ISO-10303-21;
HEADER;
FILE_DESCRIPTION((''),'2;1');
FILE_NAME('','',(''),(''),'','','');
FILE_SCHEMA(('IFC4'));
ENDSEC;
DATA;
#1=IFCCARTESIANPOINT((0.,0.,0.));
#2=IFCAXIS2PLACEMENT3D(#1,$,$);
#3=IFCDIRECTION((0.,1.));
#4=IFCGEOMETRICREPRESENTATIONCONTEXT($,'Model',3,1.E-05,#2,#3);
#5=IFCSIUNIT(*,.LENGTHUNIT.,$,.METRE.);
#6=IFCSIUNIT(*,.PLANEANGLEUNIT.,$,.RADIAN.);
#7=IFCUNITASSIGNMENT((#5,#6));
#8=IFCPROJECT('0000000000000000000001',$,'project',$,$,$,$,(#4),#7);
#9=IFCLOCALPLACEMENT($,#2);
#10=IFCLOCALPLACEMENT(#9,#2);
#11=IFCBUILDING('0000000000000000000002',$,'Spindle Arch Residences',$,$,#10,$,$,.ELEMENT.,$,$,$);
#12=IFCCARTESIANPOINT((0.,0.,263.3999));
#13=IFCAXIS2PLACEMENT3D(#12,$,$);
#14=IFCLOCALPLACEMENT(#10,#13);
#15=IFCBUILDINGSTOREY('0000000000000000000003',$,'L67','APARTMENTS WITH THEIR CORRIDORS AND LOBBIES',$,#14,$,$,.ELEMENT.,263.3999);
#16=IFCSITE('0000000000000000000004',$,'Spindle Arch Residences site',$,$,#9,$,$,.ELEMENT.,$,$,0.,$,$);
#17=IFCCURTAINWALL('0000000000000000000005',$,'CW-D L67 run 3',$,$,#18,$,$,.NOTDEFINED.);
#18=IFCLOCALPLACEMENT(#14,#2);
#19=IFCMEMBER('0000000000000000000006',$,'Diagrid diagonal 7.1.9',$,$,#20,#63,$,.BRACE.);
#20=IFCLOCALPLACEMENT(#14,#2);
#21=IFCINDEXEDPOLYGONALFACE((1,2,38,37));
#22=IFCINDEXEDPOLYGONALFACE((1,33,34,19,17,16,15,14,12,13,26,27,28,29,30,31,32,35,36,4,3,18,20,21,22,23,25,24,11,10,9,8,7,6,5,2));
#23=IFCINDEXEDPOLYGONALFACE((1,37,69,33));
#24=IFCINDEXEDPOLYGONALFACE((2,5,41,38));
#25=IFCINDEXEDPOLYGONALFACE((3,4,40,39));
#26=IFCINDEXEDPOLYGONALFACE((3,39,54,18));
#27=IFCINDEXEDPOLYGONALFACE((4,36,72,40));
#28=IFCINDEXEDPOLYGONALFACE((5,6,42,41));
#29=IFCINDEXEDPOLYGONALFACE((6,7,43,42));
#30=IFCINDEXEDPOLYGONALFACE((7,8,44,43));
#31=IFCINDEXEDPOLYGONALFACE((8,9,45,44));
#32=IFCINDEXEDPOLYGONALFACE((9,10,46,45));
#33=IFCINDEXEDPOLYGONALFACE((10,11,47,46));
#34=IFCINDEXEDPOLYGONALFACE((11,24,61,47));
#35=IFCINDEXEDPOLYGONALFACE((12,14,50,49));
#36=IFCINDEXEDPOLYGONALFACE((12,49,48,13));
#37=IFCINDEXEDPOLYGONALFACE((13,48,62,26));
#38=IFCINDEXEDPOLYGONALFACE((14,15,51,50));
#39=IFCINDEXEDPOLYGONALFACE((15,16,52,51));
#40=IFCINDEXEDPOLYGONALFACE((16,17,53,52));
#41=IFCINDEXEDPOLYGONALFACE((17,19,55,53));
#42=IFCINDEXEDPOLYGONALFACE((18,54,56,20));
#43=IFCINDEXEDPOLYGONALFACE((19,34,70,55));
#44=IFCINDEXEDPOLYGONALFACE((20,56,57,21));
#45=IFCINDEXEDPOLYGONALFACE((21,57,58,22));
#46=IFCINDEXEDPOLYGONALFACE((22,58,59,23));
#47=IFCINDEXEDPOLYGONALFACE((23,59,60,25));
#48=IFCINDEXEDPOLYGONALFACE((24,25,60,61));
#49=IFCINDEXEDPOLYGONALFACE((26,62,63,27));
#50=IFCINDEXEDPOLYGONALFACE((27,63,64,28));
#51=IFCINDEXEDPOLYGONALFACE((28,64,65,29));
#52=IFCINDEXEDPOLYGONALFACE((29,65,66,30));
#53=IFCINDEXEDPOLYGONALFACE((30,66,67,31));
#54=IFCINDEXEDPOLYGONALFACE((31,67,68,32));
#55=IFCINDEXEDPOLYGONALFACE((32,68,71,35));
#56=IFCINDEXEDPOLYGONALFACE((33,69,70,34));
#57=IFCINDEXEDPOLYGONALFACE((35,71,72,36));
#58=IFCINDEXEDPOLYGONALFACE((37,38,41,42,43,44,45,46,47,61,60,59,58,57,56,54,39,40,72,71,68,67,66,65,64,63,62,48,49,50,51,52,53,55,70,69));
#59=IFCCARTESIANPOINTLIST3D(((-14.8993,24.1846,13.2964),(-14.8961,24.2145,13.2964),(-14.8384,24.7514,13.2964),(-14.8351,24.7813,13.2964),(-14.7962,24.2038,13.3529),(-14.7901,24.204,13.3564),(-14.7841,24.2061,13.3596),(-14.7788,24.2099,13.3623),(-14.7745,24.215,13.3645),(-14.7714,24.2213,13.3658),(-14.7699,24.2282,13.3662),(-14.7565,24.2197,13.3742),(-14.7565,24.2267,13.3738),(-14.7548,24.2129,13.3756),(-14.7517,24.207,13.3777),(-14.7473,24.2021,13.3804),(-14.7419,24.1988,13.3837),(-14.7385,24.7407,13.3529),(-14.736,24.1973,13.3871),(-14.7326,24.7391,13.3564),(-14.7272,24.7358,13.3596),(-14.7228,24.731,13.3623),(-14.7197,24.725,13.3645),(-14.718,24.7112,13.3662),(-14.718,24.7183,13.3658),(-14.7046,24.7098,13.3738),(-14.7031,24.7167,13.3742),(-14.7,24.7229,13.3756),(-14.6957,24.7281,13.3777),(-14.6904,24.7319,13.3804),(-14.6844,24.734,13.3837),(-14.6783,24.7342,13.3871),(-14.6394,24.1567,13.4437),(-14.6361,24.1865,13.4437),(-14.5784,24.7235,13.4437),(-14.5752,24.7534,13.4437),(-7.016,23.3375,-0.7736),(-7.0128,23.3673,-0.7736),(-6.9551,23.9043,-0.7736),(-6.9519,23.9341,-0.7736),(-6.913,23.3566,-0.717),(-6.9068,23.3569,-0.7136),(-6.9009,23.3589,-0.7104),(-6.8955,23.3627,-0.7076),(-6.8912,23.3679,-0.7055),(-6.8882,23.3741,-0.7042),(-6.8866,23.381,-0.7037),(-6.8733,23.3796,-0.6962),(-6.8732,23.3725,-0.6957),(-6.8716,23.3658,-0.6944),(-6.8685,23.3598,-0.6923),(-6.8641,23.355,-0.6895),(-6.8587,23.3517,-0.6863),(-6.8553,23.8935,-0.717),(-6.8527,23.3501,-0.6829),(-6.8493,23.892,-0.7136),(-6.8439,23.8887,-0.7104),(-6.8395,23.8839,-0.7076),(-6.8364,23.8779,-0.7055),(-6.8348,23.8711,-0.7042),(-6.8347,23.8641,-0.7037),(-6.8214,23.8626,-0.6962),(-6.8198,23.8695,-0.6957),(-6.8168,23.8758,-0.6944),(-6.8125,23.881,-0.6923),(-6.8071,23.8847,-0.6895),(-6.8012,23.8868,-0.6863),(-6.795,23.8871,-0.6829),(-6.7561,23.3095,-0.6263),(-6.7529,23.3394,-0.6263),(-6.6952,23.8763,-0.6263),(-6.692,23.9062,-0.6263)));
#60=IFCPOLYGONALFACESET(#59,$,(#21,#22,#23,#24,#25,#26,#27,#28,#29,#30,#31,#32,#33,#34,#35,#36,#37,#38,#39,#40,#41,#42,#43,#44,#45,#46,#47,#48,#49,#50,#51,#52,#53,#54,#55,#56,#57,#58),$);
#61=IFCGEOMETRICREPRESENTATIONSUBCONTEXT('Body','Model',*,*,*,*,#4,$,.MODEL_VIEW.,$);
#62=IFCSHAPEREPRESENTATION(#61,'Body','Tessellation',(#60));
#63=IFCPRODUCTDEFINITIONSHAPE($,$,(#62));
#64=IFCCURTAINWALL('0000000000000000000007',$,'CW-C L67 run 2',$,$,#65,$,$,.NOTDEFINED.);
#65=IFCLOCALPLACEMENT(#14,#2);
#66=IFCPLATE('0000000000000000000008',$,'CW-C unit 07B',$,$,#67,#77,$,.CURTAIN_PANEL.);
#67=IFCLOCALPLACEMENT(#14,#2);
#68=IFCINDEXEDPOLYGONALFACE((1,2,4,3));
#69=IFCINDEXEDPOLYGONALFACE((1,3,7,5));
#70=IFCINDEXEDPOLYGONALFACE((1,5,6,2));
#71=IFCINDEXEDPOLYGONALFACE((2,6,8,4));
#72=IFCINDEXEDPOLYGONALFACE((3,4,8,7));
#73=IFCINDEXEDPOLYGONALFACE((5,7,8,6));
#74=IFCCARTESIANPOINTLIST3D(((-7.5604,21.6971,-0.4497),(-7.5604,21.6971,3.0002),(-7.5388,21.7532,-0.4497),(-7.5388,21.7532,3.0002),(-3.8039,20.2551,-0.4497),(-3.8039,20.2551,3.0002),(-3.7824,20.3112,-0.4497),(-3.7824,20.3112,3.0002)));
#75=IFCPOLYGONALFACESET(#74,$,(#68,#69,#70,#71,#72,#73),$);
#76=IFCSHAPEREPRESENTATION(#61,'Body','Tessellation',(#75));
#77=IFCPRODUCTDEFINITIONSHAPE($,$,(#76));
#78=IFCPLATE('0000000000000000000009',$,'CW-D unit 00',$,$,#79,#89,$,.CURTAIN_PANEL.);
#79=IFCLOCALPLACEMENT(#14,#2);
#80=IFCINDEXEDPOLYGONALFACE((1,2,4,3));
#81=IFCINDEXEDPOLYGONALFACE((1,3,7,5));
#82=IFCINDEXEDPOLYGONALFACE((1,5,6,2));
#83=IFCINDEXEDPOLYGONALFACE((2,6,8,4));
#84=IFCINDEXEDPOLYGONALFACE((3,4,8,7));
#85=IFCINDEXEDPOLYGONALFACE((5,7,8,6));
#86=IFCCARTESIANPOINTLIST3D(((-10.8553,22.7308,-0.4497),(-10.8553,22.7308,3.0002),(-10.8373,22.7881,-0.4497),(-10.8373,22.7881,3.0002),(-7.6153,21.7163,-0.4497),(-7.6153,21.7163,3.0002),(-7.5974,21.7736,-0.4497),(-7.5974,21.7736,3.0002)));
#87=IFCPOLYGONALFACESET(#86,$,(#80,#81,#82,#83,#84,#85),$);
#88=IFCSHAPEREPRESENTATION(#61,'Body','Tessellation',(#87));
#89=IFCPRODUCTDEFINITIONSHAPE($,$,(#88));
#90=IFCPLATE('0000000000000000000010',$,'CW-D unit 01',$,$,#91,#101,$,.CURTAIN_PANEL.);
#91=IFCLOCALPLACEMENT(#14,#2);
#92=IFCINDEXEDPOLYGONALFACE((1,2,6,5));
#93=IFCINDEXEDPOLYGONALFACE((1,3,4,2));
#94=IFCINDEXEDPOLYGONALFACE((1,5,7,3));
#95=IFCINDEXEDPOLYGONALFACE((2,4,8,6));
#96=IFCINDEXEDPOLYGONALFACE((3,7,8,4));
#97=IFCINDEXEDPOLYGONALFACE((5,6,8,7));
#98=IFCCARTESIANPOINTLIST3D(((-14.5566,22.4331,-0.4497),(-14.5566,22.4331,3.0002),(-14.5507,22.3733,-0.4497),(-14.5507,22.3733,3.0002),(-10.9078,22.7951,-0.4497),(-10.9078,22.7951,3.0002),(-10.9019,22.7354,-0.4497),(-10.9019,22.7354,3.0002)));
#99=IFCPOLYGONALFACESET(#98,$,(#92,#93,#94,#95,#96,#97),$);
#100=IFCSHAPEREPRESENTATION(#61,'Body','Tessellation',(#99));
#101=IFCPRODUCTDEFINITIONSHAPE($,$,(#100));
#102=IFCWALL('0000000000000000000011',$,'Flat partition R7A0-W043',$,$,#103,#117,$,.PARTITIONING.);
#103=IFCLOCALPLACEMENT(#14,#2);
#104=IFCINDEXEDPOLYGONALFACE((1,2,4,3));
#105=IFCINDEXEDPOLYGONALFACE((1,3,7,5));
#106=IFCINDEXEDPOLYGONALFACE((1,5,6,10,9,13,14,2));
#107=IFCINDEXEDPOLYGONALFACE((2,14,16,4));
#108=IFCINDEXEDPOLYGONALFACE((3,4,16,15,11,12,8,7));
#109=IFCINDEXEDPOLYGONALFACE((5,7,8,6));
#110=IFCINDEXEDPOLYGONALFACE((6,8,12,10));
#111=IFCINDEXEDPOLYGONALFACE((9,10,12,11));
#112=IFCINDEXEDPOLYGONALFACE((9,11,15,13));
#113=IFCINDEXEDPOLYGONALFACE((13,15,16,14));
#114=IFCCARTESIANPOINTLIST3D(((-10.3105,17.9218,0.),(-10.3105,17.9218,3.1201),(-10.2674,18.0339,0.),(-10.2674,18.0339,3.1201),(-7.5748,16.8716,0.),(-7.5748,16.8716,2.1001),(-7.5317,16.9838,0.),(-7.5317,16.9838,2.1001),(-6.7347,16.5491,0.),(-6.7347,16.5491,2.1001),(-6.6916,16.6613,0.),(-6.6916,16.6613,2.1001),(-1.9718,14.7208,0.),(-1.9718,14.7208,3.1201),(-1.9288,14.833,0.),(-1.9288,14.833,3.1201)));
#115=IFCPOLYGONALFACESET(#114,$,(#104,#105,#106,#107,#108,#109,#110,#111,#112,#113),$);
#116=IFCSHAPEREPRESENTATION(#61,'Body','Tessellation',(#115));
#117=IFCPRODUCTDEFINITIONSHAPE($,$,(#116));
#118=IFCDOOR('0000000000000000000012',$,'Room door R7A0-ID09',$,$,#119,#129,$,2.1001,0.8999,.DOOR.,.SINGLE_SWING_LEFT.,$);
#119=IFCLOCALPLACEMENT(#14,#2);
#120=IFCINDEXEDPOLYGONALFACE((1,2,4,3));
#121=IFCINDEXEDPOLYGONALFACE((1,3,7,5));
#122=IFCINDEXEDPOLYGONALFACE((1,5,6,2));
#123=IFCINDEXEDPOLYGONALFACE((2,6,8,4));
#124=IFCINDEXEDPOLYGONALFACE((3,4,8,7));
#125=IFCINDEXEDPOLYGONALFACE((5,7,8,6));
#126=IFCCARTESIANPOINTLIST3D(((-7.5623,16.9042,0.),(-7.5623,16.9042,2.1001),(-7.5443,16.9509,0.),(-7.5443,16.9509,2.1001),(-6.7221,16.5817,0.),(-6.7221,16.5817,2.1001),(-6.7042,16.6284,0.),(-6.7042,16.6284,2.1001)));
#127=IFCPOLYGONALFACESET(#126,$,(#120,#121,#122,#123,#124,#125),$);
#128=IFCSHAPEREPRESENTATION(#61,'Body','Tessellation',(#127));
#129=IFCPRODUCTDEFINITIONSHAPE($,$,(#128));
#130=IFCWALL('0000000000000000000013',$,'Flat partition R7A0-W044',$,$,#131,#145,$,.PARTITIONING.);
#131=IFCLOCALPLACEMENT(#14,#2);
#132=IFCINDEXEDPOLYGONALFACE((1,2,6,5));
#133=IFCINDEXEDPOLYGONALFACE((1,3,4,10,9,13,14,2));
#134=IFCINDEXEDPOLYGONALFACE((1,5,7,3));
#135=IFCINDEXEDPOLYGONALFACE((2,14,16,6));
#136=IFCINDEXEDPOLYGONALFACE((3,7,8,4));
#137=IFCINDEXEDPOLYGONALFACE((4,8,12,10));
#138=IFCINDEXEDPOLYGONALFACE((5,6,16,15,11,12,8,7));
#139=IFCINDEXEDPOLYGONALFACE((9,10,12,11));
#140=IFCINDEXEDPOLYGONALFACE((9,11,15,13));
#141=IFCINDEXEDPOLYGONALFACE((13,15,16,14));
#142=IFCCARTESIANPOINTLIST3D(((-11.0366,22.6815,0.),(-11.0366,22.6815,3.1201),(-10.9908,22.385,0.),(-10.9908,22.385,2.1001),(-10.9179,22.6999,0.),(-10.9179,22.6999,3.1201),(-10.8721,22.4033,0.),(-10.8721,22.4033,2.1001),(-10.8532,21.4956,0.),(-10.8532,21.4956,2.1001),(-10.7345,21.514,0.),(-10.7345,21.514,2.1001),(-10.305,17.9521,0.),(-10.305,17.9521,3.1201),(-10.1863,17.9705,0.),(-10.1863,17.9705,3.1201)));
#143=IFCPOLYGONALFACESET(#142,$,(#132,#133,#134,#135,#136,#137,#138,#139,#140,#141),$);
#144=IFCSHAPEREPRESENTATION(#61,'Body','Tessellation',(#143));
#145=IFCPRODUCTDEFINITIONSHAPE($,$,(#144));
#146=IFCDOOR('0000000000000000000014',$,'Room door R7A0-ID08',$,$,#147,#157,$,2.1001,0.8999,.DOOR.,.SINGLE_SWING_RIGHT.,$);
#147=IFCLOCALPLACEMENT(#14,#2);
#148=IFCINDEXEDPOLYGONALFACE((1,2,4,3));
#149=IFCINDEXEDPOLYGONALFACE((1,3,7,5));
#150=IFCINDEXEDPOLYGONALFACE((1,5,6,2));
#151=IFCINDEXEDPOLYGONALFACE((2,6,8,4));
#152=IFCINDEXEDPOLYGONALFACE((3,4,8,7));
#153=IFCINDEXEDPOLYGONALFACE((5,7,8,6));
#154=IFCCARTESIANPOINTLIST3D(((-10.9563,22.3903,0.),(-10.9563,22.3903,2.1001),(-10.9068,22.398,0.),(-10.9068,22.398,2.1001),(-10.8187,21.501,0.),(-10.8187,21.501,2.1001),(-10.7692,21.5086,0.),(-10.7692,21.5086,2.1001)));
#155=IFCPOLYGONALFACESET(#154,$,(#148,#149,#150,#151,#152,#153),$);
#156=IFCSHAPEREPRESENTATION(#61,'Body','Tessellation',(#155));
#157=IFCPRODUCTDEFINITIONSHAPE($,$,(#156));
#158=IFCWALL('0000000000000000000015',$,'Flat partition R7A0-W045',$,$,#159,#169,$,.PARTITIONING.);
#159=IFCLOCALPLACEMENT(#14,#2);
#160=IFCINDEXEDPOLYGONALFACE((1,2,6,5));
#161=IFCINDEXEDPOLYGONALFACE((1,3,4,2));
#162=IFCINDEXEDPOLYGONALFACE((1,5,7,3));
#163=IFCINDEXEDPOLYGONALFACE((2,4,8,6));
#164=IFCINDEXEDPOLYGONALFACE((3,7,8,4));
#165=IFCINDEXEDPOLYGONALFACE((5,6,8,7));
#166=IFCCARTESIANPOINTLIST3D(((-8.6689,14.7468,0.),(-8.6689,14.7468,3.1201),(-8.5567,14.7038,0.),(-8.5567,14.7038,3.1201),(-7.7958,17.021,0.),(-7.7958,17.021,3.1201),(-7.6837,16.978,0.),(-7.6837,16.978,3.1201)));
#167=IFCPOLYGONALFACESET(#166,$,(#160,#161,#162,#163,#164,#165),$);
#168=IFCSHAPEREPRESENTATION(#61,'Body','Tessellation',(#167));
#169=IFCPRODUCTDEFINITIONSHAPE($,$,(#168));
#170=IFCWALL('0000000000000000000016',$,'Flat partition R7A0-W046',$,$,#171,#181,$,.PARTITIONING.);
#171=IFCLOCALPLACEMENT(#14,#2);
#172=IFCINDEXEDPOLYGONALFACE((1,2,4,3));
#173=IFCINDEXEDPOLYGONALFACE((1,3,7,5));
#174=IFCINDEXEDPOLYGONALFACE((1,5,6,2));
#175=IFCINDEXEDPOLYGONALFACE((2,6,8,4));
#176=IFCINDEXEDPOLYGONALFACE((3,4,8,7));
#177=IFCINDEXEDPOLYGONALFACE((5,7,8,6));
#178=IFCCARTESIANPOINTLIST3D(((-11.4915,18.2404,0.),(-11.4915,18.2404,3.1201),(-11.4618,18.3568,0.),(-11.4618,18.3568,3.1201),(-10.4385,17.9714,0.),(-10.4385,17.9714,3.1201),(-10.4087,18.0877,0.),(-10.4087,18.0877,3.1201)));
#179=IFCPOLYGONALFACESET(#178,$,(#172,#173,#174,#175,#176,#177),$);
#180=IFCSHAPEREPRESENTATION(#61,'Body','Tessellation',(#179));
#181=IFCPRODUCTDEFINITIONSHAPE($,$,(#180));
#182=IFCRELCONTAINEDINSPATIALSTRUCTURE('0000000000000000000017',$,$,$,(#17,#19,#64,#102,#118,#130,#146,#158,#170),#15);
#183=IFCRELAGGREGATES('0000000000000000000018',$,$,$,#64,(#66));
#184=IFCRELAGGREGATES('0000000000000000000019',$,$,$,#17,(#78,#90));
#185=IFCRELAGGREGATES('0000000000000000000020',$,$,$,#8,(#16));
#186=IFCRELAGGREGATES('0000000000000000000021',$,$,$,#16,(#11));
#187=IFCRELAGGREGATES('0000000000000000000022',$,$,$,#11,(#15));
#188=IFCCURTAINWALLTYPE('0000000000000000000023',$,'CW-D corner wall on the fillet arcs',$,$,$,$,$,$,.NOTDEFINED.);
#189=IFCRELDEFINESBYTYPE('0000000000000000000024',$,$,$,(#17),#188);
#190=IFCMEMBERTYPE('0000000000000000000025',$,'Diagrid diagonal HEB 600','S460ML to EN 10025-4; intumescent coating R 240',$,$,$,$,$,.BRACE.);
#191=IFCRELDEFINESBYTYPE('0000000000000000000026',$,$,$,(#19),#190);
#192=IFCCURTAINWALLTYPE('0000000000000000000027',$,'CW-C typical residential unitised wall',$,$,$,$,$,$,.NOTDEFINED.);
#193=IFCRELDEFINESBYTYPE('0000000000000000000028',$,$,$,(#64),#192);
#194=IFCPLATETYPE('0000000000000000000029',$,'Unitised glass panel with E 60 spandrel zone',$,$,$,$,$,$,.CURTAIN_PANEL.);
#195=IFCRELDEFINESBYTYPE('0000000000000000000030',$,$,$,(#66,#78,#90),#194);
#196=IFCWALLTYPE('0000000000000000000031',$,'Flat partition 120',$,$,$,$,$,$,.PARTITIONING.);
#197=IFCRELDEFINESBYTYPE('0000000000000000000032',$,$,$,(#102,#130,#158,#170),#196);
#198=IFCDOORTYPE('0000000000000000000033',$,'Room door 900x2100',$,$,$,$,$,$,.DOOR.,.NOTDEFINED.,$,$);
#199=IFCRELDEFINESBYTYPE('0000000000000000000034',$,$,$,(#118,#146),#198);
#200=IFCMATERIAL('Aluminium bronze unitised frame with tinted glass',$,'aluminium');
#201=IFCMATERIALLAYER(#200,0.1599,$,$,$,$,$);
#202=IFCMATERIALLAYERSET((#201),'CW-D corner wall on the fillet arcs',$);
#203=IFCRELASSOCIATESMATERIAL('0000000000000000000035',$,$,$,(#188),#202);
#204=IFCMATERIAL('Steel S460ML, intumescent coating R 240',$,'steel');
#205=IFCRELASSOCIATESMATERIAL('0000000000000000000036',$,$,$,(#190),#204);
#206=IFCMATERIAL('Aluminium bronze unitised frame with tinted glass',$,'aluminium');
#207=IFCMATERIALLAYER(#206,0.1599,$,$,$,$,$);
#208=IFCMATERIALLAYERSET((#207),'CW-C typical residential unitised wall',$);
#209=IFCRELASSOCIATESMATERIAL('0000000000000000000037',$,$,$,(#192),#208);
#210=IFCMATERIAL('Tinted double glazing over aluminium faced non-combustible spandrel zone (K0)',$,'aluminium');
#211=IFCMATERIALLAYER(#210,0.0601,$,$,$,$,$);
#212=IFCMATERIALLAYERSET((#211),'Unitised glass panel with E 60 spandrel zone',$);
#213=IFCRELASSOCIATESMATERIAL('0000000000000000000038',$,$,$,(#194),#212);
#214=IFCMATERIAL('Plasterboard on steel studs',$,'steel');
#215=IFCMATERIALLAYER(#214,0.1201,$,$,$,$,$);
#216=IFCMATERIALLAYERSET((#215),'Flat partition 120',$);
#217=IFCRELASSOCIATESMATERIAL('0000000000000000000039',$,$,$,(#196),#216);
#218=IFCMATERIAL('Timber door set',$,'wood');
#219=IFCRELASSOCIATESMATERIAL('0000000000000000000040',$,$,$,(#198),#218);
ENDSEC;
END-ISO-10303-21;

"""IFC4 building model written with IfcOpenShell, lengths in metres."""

from ifc_helpers import new_model, si_unit, direction, frame, frame_2d, origin, origin_2d, place, context, subcontext, project, spatial, rectangle, i_section, extrude, material, layer, layer_set, material_profile, profile_set, type_object, element, fill, aggregate, save


model = new_model("IFC4")

# Units and contexts
model_context = context("Model", 3, precision=1e-05, world=origin(), true_north=direction((0.0, 1.0)))
body_context = subcontext(model_context, "Body", "Model", "MODEL_VIEW")
ifc_project = project(units=[si_unit("LENGTHUNIT", "METRE"), si_unit("PLANEANGLEUNIT", "RADIAN")], contexts=[model_context])

# Site, building, storey
site_placement = place(None, origin())
site = spatial("IfcSite", under=ifc_project, at=site_placement, Name="Spindle Arch Residences site", CompositionType="ELEMENT", RefElevation=0.0)
building_placement = place(site_placement, origin())
building = spatial("IfcBuilding", under=site, at=building_placement, Name="Spindle Arch Residences", CompositionType="ELEMENT")
storey_placement = place(building_placement, frame((0.0, 0.0, 263.3999)))
storey = spatial("IfcBuildingStorey", under=building, at=storey_placement, Name="L67", Description="APARTMENTS WITH THEIR CORRIDORS AND LOBBIES", CompositionType="ELEMENT", Elevation=263.3999)

# Curtain wall
ifc_material_1 = material(Name="Aluminium bronze unitised frame with tinted glass", Category="aluminium")
ifc_layer_1 = layer(ifc_material_1, 0.1599)
ifc_layer_set_1 = layer_set([ifc_layer_1], Name="CW-D corner wall on the fillet arcs")
curtain_wall_type_1 = type_object("IfcCurtainWallType", Name="CW-D corner wall on the fillet arcs", PredefinedType="NOTDEFINED", material=ifc_layer_set_1)
curtain_wall_1_placement = place(storey_placement, origin())
curtain_wall_1 = element("IfcCurtainWall", 1, at=curtain_wall_1_placement, inside=storey, type_object=curtain_wall_type_1, Name="CW-D L67 run 3", PredefinedType="NOTDEFINED")

# Member
ifc_material_2 = material(Name="Steel S460ML, intumescent coating R 240", Category="steel")
ifc_material_profile_1 = material_profile(ifc_material_2, i_section(OverallWidth=0.3, OverallDepth=0.6001, WebThickness=0.0154, FlangeThickness=0.03, FilletRadius=0.0271, at=origin_2d()), Name="HEB 600")
ifc_profile_set_1 = profile_set([ifc_material_profile_1], Name="Steel S460ML, intumescent coating R 240")
member_type_1 = type_object("IfcMemberType", Name="Diagrid diagonal HEB 600", Description="S460ML to EN 10025-4; intumescent coating R 240", PredefinedType="BRACE", material=ifc_profile_set_1)
member_1_placement = place(storey_placement, frame((-6.854, 23.6218, -0.7), z_axis=(-0.488122, 0.052455, 0.871198), x_axis=(0.86621, -0.093086, 0.490933)))
element("IfcMember", 2, at=member_1_placement, inside=storey, type_object=member_type_1, Name="Diagrid diagonal 7.1.9", PredefinedType="BRACE", context=body_context, shape_type="SweptSolid", body=[
    extrude(i_section(OverallWidth=0.3, OverallDepth=0.6001, WebThickness=0.0154, FlangeThickness=0.03, FilletRadius=0.0271, at=origin_2d()), origin(), (0.0, 0.0, 1.0), 16.1501),
])

# Curtain wall, plate
ifc_material_3 = material(Name="Aluminium bronze unitised frame with tinted glass", Category="aluminium")
ifc_layer_2 = layer(ifc_material_3, 0.1599)
ifc_layer_set_2 = layer_set([ifc_layer_2], Name="CW-C typical residential unitised wall")
curtain_wall_type_2 = type_object("IfcCurtainWallType", Name="CW-C typical residential unitised wall", PredefinedType="NOTDEFINED", material=ifc_layer_set_2)
curtain_wall_2_placement = place(storey_placement, origin())
curtain_wall_2 = element("IfcCurtainWall", 3, at=curtain_wall_2_placement, inside=storey, type_object=curtain_wall_type_2, Name="CW-C L67 run 2", PredefinedType="NOTDEFINED")
ifc_material_4 = material(Name="Tinted double glazing over aluminium faced non-combustible spandrel zone (K0)", Category="aluminium")
ifc_layer_3 = layer(ifc_material_4, 0.0601)
ifc_layer_set_3 = layer_set([ifc_layer_3], Name="Unitised glass panel with E 60 spandrel zone")
plate_type = type_object("IfcPlateType", Name="Unitised glass panel with E 60 spandrel zone", PredefinedType="CURTAIN_PANEL", material=ifc_layer_set_3)
plate_1_placement = place(storey_placement, frame((-5.6714, 21.0042, -0.4497), z_axis=(0.0, 0.0, 1.0), x_axis=(-0.93358, 0.358368, 0.0)))
plate_1 = element("IfcPlate", 4, at=plate_1_placement, type_object=plate_type, Name="CW-C unit 07B", PredefinedType="CURTAIN_PANEL", context=body_context, shape_type="SweptSolid", body=[
    extrude(rectangle(XDim=4.0237, YDim=0.0601, at=origin_2d()), origin(), (0.0, 0.0, 1.0), 3.45),
])
aggregate(curtain_wall_2, [plate_1])

# Plates
plate_2_placement = place(storey_placement, frame((-9.2263, 22.2522, -0.4497), z_axis=(0.0, 0.0, 1.0), x_axis=(-0.954315, 0.298803, 0.0)))
plate_2 = element("IfcPlate", 5, at=plate_2_placement, type_object=plate_type, Name="CW-D unit 00", PredefinedType="CURTAIN_PANEL", context=body_context, shape_type="SweptSolid", body=[
    extrude(rectangle(XDim=3.395, YDim=0.0601, at=origin_2d()), origin(), (0.0, 0.0, 1.0), 3.45),
])
plate_3_placement = place(storey_placement, frame((-12.7292, 22.5842, -0.4497), z_axis=(0.0, 0.0, 1.0), x_axis=(-0.995113, -0.098741, 0.0)))
plate_3 = element("IfcPlate", 6, at=plate_3_placement, type_object=plate_type, Name="CW-D unit 01", PredefinedType="CURTAIN_PANEL", context=body_context, shape_type="SweptSolid", body=[
    extrude(rectangle(XDim=3.6667, YDim=0.0601, at=origin_2d()), origin(), (0.0, 0.0, 1.0), 3.45),
])
aggregate(curtain_wall_1, [plate_2, plate_3])

# Walls, openings, doors
ifc_material_5 = material(Name="Plasterboard on steel studs", Category="steel")
ifc_layer_4 = layer(ifc_material_5, 0.1201)
ifc_layer_set_4 = layer_set([ifc_layer_4], Name="Flat partition 120")
wall_type_1 = type_object("IfcWallType", Name="Flat partition 120", PredefinedType="PARTITIONING", material=ifc_layer_set_4)
wall_1_placement = place(storey_placement, frame((-10.2888, 17.9778, 0.0), z_axis=(0.0, 0.0, 1.0), x_axis=(0.933579, -0.358371, 0.0)))
wall_1 = element("IfcWall", 7, at=wall_1_placement, inside=storey, type_object=wall_type_1, Name="Flat partition R7A0-W043", PredefinedType="PARTITIONING", context=body_context, shape_type="SweptSolid", body=[
    extrude(rectangle(XDim=8.9319, YDim=0.1201, at=frame_2d((4.4658, 0.0))), origin(), (0.0, 0.0, 1.0), 3.1201),
])
opening_1_placement = place(wall_1_placement, frame((2.9302, 0.0, 0.0)))
opening_1 = element("IfcOpeningElement", 8, at=opening_1_placement, cuts=wall_1, PredefinedType="OPENING", context=body_context, shape_type="SweptSolid", body=[
    extrude(rectangle(XDim=0.8999, YDim=2.1001, at=frame_2d((0.45, 1.05))), frame((0.0, 0.0701, 0.0), z_axis=(0.0, -1.0, 0.0), x_axis=(1.0, 0.0, 0.0)), (0.0, 0.0, 1.0), 0.1401),
])
ifc_material_6 = material(Name="Timber door set", Category="wood")
door_type = type_object("IfcDoorType", Name="Room door 900x2100", OperationType="NOTDEFINED", PredefinedType="DOOR", material=ifc_material_6)
door_1_placement = place(opening_1_placement, origin())
door_1 = element("IfcDoor", 9, at=door_1_placement, inside=storey, type_object=door_type, Name="Room door R7A0-ID09", OperationType="SINGLE_SWING_LEFT", OverallHeight=2.1001, OverallWidth=0.8999, PredefinedType="DOOR", context=body_context, shape_type="SweptSolid", body=[
    extrude(rectangle(XDim=0.8999, YDim=2.1001, at=frame_2d((0.45, 1.05))), frame((0.0, 0.0249, 0.0), z_axis=(0.0, -1.0, 0.0), x_axis=(1.0, 0.0, 0.0)), (0.0, 0.0, 1.0), 0.05),
])
fill(opening_1, door_1)
wall_2_placement = place(storey_placement, frame((-10.9773, 22.6907, 0.0), z_axis=(0.0, 0.0, 1.0), x_axis=(0.152889, -0.988243, 0.0)))
wall_2 = element("IfcWall", 10, at=wall_2_placement, inside=storey, type_object=wall_type_1, Name="Flat partition R7A0-W044", PredefinedType="PARTITIONING", context=body_context, shape_type="SweptSolid", body=[
    extrude(rectangle(XDim=4.7856, YDim=0.1201, at=frame_2d((2.3928, 0.0))), origin(), (0.0, 0.0, 1.0), 3.1201),
])
opening_2_placement = place(wall_2_placement, frame((0.3, 0.0, 0.0)))
opening_2 = element("IfcOpeningElement", 11, at=opening_2_placement, cuts=wall_2, PredefinedType="OPENING", context=body_context, shape_type="SweptSolid", body=[
    extrude(rectangle(XDim=0.8999, YDim=2.1001, at=frame_2d((0.45, 1.05))), frame((0.0, 0.0701, 0.0), z_axis=(0.0, -1.0, 0.0), x_axis=(1.0, 0.0, 0.0)), (0.0, 0.0, 1.0), 0.1401),
])
door_2_placement = place(opening_2_placement, origin())
door_2 = element("IfcDoor", 12, at=door_2_placement, inside=storey, type_object=door_type, Name="Room door R7A0-ID08", OperationType="SINGLE_SWING_RIGHT", OverallHeight=2.1001, OverallWidth=0.8999, PredefinedType="DOOR", context=body_context, shape_type="SweptSolid", body=[
    extrude(rectangle(XDim=0.8999, YDim=2.1001, at=frame_2d((0.45, 1.05))), frame((0.0, 0.0249, 0.0), z_axis=(0.0, -1.0, 0.0), x_axis=(1.0, 0.0, 0.0)), (0.0, 0.0, 1.0), 0.05),
])
fill(opening_2, door_2)

# Walls
wall_3_placement = place(storey_placement, frame((-7.7397, 16.9995, 0.0), z_axis=(0.0, 0.0, 1.0), x_axis=(-0.358395, -0.93357, 0.0)))
element("IfcWall", 13, at=wall_3_placement, inside=storey, type_object=wall_type_1, Name="Flat partition R7A0-W045", PredefinedType="PARTITIONING", context=body_context, shape_type="SweptSolid", body=[
    extrude(rectangle(XDim=2.436, YDim=0.1201, at=frame_2d((1.218, 0.0))), origin(), (0.0, 0.0, 1.0), 3.1201),
])
wall_4_placement = place(storey_placement, frame((-10.4236, 18.0295, 0.0), z_axis=(0.0, 0.0, 1.0), x_axis=(-0.968874, 0.247554, 0.0)))
element("IfcWall", 14, at=wall_4_placement, inside=storey, type_object=wall_type_1, Name="Flat partition R7A0-W046", PredefinedType="PARTITIONING", context=body_context, shape_type="SweptSolid", body=[
    extrude(rectangle(XDim=1.0869, YDim=0.1201, at=frame_2d((0.5435, 0.0))), origin(), (0.0, 0.0, 1.0), 3.1201),
])

save(model, "model.ifc")
